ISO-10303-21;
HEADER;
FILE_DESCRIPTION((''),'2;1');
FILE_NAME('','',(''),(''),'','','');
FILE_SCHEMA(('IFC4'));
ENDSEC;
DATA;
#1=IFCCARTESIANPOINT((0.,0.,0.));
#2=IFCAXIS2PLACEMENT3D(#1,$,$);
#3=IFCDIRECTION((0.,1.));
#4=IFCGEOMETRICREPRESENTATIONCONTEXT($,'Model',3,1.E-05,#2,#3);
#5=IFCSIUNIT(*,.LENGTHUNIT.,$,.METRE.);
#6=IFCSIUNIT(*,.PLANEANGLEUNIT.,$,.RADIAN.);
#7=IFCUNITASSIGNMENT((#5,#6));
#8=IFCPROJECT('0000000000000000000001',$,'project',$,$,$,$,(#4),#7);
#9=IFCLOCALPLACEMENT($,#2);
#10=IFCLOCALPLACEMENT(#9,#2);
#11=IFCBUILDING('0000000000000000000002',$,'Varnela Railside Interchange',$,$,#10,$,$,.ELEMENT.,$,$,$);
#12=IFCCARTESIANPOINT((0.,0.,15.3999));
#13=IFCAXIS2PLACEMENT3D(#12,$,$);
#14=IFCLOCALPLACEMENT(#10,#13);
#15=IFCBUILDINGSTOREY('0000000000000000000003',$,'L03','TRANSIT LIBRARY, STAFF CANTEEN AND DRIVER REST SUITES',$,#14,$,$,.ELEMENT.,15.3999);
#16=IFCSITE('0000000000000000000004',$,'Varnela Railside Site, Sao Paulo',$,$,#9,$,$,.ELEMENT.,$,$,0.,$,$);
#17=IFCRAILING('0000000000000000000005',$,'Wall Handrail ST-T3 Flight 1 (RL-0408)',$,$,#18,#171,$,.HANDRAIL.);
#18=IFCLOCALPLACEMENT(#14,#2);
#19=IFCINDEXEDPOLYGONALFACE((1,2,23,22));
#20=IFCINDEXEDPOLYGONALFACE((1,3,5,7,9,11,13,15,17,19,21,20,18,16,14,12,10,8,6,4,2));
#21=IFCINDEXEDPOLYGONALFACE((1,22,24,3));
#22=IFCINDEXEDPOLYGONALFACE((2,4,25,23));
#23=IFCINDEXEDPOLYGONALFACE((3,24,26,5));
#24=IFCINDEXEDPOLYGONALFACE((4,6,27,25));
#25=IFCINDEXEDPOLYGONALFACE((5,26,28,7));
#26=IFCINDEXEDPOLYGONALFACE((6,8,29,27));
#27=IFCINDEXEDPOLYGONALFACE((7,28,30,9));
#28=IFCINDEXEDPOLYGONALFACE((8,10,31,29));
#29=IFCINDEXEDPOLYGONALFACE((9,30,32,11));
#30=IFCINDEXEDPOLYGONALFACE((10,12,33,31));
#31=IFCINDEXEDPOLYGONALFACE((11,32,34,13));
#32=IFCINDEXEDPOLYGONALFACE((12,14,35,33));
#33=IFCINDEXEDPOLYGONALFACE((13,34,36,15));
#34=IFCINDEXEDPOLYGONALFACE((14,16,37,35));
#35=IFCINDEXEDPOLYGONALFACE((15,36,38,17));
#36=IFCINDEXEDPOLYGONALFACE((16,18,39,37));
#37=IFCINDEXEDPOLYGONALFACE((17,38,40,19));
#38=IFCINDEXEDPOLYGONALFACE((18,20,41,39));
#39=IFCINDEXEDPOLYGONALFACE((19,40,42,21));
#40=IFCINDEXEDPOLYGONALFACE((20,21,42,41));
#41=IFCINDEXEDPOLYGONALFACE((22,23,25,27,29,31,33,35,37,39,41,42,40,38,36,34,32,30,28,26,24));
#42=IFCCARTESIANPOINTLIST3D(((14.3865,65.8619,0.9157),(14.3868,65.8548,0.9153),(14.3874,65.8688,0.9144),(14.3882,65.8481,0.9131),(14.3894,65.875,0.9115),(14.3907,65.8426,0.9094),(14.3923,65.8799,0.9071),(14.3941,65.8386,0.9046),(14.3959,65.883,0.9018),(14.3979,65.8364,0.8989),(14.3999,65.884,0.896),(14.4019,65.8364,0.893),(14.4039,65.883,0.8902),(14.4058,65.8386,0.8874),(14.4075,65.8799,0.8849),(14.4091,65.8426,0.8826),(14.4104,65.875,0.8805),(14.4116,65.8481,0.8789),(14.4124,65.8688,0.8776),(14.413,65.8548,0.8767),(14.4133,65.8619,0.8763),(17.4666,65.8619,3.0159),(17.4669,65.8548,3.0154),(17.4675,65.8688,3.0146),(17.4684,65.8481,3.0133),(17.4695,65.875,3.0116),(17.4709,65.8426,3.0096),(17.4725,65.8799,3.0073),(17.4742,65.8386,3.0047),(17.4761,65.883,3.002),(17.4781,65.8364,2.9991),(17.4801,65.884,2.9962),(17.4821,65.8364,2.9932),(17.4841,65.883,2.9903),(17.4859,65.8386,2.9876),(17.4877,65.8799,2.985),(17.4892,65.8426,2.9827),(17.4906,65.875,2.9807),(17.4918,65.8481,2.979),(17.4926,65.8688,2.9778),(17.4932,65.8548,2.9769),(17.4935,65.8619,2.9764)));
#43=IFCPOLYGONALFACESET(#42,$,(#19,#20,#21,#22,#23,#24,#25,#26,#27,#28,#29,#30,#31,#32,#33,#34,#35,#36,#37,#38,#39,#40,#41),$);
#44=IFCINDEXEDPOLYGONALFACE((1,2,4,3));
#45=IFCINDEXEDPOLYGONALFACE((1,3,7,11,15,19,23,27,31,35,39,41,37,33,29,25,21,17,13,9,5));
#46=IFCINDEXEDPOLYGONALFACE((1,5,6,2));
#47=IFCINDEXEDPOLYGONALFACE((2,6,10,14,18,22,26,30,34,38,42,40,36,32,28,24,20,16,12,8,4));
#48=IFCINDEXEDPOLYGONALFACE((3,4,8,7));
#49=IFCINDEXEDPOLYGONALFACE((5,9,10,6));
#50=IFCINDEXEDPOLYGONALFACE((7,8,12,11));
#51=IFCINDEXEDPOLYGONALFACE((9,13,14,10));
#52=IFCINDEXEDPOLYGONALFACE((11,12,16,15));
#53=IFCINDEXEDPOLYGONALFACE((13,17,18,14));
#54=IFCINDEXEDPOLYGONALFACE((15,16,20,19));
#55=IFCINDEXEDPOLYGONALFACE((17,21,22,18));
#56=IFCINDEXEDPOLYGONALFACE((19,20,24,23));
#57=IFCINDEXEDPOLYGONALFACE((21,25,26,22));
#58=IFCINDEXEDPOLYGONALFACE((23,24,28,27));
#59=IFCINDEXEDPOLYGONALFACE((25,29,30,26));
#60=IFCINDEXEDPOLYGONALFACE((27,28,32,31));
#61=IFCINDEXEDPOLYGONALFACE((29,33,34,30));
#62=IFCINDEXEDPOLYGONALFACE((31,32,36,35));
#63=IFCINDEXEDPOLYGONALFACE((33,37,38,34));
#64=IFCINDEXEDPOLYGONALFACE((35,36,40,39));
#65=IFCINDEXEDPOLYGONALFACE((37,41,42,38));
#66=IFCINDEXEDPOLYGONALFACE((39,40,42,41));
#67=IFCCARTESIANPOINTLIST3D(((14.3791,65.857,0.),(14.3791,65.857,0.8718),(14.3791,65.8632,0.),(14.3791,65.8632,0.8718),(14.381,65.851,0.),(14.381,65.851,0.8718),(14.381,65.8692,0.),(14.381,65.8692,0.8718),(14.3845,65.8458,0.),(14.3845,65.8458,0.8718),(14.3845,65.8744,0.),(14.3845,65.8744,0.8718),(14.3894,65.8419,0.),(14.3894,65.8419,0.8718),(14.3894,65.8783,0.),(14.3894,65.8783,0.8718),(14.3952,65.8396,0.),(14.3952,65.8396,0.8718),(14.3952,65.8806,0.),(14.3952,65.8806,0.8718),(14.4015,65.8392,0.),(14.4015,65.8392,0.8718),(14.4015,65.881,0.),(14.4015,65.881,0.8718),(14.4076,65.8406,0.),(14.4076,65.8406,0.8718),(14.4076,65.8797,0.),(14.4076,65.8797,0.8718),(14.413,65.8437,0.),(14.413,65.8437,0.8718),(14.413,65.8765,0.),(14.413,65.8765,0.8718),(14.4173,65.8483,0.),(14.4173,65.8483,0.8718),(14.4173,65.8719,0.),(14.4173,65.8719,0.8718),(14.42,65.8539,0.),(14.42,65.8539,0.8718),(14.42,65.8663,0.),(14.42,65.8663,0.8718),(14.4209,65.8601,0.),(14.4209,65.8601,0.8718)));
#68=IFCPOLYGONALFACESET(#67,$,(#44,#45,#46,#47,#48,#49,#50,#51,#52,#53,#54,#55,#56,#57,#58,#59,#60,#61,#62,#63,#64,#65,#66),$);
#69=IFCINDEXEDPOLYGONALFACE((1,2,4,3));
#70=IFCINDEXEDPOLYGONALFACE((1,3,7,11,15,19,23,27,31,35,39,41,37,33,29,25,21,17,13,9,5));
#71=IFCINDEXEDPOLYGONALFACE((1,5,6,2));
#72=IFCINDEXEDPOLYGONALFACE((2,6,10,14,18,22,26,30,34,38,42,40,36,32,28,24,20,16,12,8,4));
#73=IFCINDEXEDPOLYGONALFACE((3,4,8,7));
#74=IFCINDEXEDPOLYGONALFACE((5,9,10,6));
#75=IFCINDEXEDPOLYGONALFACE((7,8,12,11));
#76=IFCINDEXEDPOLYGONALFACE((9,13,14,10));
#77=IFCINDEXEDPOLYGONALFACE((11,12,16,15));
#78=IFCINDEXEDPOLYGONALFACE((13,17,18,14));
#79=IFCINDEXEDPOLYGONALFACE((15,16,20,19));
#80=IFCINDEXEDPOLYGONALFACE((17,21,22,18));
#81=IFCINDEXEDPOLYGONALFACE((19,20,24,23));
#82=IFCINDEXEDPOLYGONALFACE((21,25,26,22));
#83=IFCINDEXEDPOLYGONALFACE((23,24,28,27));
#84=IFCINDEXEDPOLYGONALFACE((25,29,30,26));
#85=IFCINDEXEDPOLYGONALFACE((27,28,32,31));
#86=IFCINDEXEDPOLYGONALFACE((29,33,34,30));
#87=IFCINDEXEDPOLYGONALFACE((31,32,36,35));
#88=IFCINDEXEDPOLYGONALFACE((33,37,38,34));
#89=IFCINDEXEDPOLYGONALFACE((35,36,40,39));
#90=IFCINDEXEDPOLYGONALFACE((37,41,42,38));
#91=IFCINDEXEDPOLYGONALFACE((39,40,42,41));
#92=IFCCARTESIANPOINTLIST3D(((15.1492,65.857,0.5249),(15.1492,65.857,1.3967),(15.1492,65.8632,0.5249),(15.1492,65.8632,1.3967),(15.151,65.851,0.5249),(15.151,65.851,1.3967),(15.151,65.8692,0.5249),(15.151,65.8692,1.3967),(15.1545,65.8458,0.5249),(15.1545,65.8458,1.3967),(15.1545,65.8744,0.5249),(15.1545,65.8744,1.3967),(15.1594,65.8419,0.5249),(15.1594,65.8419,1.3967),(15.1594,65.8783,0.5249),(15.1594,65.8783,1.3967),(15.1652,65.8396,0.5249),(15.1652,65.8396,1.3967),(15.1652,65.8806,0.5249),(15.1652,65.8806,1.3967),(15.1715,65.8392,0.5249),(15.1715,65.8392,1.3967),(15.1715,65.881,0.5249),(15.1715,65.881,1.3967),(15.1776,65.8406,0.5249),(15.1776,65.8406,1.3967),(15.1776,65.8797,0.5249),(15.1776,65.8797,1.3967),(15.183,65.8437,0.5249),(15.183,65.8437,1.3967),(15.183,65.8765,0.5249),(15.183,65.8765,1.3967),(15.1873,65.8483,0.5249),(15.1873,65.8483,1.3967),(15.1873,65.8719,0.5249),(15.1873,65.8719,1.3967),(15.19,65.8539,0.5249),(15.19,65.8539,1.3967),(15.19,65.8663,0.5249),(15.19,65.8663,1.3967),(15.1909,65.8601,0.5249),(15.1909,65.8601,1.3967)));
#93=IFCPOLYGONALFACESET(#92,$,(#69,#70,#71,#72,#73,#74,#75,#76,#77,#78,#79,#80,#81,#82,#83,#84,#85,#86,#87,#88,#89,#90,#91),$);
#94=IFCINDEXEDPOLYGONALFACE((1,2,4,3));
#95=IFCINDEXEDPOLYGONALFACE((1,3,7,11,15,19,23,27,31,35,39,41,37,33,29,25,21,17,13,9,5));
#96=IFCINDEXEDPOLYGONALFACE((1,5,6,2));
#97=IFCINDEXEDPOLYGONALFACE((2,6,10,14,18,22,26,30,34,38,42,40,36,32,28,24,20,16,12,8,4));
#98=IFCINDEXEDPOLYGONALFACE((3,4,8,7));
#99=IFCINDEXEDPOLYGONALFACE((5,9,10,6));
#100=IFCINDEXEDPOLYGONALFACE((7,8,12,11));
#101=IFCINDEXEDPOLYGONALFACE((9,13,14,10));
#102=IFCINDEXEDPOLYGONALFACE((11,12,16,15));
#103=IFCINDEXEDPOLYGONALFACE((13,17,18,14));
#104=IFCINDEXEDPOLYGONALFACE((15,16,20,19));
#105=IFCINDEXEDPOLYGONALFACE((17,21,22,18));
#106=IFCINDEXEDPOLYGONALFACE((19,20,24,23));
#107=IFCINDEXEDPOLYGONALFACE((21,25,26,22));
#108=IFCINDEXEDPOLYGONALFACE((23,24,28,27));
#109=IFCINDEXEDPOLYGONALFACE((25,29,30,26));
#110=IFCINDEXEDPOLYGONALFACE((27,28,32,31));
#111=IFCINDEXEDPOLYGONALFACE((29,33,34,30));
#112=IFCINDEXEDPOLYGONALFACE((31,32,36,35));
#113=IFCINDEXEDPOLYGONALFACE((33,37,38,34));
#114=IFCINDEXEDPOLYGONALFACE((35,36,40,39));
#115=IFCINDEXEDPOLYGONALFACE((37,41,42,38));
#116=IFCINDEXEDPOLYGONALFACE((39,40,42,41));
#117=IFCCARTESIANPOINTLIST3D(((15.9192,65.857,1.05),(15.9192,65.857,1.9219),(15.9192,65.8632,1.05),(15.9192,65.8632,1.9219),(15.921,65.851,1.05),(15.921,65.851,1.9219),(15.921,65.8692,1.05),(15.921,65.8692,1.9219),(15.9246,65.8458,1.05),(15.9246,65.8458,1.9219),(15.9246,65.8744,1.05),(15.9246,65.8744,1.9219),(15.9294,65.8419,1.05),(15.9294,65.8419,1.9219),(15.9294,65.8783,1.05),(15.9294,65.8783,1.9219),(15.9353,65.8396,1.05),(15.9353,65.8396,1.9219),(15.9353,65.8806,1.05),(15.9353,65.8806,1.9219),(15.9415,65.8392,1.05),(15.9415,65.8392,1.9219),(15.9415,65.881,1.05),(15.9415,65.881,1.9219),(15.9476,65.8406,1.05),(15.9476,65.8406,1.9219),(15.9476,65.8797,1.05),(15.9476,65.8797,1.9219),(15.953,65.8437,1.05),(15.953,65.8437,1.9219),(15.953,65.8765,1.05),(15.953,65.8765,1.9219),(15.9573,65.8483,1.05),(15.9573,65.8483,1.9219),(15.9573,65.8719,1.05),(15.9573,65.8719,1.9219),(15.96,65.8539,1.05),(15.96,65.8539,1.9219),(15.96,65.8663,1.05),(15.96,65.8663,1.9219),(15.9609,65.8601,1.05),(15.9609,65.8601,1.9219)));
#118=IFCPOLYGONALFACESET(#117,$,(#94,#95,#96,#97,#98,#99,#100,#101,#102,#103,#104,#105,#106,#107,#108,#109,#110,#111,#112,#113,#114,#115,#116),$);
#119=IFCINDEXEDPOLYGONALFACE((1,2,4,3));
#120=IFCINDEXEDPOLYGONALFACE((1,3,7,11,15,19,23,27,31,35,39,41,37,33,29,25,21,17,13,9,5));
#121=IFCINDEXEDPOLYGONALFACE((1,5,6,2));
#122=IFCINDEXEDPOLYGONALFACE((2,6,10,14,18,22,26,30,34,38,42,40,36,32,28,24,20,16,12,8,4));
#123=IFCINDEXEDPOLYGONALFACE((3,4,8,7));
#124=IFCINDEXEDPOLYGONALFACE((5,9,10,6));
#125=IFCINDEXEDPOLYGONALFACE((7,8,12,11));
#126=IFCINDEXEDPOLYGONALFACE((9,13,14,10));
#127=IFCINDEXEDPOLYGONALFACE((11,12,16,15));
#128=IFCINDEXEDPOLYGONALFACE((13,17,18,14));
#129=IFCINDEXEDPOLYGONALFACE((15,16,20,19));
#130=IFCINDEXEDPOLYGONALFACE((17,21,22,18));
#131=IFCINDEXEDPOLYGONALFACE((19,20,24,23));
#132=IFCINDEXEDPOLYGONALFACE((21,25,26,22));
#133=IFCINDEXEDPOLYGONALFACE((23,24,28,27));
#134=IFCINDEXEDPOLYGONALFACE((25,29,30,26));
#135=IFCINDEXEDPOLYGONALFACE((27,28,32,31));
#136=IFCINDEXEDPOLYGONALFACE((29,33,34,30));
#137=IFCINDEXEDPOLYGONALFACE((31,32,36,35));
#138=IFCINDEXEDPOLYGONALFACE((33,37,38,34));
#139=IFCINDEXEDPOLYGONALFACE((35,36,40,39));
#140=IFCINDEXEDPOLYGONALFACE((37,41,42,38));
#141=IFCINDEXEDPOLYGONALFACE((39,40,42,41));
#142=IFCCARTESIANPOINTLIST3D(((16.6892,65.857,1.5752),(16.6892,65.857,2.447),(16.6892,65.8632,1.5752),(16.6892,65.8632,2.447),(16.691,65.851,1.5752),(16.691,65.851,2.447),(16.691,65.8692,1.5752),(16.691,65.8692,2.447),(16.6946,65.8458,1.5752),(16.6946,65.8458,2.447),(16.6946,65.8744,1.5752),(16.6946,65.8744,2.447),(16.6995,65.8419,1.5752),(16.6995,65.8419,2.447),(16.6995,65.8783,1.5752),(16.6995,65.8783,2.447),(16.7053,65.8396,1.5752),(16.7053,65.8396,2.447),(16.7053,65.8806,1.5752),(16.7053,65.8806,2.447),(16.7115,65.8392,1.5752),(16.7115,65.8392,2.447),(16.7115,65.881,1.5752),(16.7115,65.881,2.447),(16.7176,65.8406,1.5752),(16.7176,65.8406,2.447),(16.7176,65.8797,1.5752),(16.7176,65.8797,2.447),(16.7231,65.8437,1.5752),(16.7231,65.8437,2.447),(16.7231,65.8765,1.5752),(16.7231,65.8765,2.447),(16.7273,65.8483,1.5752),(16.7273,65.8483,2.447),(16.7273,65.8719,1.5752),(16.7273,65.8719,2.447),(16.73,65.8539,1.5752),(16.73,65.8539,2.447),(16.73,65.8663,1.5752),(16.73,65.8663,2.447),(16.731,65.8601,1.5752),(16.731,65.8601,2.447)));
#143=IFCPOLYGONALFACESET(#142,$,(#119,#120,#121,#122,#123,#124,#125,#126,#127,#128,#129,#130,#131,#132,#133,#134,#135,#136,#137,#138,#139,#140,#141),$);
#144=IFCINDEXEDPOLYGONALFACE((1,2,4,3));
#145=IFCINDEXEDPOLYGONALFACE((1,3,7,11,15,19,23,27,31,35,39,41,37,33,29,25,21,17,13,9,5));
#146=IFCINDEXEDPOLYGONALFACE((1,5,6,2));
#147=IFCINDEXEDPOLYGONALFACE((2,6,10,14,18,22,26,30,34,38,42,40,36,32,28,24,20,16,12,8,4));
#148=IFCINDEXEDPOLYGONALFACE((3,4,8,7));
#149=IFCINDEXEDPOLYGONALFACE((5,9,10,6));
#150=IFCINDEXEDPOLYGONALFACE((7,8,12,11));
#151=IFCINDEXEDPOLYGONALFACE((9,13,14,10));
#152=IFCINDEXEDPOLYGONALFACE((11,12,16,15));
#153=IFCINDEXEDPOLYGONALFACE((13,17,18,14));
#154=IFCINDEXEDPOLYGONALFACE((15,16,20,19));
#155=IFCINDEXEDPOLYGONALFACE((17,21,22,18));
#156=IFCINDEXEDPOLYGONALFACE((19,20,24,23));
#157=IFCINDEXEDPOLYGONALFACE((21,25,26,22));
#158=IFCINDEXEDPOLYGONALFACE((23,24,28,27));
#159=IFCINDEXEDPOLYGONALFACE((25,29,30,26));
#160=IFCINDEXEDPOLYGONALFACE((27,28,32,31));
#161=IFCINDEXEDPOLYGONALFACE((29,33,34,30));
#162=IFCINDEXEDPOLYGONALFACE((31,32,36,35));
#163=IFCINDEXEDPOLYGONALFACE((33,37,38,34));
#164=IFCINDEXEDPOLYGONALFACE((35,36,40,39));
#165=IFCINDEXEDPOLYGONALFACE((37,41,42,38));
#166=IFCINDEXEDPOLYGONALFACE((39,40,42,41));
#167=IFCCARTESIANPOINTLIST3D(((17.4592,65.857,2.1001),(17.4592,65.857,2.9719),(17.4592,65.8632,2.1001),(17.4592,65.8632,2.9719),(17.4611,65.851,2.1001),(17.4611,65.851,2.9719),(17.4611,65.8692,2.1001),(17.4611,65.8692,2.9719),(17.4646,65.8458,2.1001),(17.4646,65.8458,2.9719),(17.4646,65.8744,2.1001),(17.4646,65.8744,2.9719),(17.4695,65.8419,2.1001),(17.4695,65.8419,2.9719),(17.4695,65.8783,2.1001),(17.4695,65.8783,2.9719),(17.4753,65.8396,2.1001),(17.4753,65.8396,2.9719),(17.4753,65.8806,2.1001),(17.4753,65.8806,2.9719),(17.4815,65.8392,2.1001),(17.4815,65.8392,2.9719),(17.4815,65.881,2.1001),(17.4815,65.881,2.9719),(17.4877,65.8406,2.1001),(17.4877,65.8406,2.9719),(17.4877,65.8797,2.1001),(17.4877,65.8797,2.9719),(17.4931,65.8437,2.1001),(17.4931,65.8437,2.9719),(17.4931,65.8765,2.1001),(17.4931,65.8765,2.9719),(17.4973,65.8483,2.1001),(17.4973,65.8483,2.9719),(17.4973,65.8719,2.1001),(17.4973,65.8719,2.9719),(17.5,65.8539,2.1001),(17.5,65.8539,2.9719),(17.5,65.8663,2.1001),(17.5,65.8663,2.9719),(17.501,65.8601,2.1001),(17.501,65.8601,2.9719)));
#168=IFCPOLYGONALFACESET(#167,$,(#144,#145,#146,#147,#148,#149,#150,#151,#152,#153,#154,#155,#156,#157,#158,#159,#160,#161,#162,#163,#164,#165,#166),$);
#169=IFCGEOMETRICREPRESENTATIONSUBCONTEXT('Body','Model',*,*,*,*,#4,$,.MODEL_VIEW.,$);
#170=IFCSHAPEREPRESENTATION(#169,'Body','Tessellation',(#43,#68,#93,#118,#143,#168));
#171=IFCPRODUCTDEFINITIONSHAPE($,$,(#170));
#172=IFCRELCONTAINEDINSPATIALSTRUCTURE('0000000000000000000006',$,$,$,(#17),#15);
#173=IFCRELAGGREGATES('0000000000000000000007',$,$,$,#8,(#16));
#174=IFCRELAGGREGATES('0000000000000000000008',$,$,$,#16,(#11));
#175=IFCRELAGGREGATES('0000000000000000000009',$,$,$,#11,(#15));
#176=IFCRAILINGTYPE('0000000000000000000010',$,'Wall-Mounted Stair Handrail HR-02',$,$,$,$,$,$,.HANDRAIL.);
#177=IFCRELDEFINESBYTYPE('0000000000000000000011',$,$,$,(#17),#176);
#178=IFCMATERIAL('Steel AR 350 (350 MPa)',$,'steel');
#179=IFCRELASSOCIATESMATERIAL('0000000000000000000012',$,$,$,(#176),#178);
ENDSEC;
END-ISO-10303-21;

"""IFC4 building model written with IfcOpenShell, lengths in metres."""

from ifc_helpers import new_model, si_unit, direction, frame, origin, origin_2d, place, context, subcontext, project, spatial, circle, extrude, material, type_object, element, save


model = new_model("IFC4")

# Units and contexts
model_context = context("Model", 3, precision=1e-05, world=origin(), true_north=direction((0.0, 1.0)))
body_context = subcontext(model_context, "Body", "Model", "MODEL_VIEW")
ifc_project = project(units=[si_unit("LENGTHUNIT", "METRE"), si_unit("PLANEANGLEUNIT", "RADIAN")], contexts=[model_context])

# Site, building, storey
site_placement = place(None, origin())
site = spatial("IfcSite", under=ifc_project, at=site_placement, Name="Varnela Railside Site, Sao Paulo", CompositionType="ELEMENT", RefElevation=0.0)
building_placement = place(site_placement, origin())
building = spatial("IfcBuilding", under=site, at=building_placement, Name="Varnela Railside Interchange", CompositionType="ELEMENT")
storey_placement = place(building_placement, frame((0.0, 0.0, 15.3999)))
storey = spatial("IfcBuildingStorey", under=building, at=storey_placement, Name="L03", Description="TRANSIT LIBRARY, STAFF CANTEEN AND DRIVER REST SUITES", CompositionType="ELEMENT", Elevation=15.3999)

# Shared definitions
ifc_material_1 = material(Name="Steel AR 350 (350 MPa)", Category="steel")

# Railing
railing_type_1 = type_object("IfcRailingType", Name="Wall-Mounted Stair Handrail HR-02", PredefinedType="HANDRAIL", material=ifc_material_1)
railing_1_placement = place(storey_placement, frame((14.3999, 65.8601, 0.0)))
element("IfcRailing", 1, at=railing_1_placement, inside=storey, type_object=railing_type_1, Name="Wall Handrail ST-T3 Flight 1 (RL-0408)", PredefinedType="HANDRAIL", context=body_context, shape_type="SweptSolid", body=[
    extrude(circle(Radius=0.0239, at=origin_2d()), frame((0.0, 0.0, 0.896), z_axis=(0.826222, 0.0, 0.563345), x_axis=(0.0, 1.0, 0.0)), (0.0, 0.0, 1.0), 3.728),
    extrude(circle(Radius=0.021, at=origin_2d()), origin(), (0.0, 0.0, 1.0), 0.8718),
    extrude(circle(Radius=0.021, at=origin_2d()), frame((0.77, 0.0, 0.5249)), (0.0, 0.0, 1.0), 0.8718),
    extrude(circle(Radius=0.021, at=origin_2d()), frame((1.54, 0.0, 1.05)), (0.0, 0.0, 1.0), 0.8718),
    extrude(circle(Radius=0.021, at=origin_2d()), frame((2.3101, 0.0, 1.5752)), (0.0, 0.0, 1.0), 0.8718),
    extrude(circle(Radius=0.021, at=origin_2d()), frame((3.0801, 0.0, 2.1001)), (0.0, 0.0, 1.0), 0.8718),
])

save(model, "model.ifc")
